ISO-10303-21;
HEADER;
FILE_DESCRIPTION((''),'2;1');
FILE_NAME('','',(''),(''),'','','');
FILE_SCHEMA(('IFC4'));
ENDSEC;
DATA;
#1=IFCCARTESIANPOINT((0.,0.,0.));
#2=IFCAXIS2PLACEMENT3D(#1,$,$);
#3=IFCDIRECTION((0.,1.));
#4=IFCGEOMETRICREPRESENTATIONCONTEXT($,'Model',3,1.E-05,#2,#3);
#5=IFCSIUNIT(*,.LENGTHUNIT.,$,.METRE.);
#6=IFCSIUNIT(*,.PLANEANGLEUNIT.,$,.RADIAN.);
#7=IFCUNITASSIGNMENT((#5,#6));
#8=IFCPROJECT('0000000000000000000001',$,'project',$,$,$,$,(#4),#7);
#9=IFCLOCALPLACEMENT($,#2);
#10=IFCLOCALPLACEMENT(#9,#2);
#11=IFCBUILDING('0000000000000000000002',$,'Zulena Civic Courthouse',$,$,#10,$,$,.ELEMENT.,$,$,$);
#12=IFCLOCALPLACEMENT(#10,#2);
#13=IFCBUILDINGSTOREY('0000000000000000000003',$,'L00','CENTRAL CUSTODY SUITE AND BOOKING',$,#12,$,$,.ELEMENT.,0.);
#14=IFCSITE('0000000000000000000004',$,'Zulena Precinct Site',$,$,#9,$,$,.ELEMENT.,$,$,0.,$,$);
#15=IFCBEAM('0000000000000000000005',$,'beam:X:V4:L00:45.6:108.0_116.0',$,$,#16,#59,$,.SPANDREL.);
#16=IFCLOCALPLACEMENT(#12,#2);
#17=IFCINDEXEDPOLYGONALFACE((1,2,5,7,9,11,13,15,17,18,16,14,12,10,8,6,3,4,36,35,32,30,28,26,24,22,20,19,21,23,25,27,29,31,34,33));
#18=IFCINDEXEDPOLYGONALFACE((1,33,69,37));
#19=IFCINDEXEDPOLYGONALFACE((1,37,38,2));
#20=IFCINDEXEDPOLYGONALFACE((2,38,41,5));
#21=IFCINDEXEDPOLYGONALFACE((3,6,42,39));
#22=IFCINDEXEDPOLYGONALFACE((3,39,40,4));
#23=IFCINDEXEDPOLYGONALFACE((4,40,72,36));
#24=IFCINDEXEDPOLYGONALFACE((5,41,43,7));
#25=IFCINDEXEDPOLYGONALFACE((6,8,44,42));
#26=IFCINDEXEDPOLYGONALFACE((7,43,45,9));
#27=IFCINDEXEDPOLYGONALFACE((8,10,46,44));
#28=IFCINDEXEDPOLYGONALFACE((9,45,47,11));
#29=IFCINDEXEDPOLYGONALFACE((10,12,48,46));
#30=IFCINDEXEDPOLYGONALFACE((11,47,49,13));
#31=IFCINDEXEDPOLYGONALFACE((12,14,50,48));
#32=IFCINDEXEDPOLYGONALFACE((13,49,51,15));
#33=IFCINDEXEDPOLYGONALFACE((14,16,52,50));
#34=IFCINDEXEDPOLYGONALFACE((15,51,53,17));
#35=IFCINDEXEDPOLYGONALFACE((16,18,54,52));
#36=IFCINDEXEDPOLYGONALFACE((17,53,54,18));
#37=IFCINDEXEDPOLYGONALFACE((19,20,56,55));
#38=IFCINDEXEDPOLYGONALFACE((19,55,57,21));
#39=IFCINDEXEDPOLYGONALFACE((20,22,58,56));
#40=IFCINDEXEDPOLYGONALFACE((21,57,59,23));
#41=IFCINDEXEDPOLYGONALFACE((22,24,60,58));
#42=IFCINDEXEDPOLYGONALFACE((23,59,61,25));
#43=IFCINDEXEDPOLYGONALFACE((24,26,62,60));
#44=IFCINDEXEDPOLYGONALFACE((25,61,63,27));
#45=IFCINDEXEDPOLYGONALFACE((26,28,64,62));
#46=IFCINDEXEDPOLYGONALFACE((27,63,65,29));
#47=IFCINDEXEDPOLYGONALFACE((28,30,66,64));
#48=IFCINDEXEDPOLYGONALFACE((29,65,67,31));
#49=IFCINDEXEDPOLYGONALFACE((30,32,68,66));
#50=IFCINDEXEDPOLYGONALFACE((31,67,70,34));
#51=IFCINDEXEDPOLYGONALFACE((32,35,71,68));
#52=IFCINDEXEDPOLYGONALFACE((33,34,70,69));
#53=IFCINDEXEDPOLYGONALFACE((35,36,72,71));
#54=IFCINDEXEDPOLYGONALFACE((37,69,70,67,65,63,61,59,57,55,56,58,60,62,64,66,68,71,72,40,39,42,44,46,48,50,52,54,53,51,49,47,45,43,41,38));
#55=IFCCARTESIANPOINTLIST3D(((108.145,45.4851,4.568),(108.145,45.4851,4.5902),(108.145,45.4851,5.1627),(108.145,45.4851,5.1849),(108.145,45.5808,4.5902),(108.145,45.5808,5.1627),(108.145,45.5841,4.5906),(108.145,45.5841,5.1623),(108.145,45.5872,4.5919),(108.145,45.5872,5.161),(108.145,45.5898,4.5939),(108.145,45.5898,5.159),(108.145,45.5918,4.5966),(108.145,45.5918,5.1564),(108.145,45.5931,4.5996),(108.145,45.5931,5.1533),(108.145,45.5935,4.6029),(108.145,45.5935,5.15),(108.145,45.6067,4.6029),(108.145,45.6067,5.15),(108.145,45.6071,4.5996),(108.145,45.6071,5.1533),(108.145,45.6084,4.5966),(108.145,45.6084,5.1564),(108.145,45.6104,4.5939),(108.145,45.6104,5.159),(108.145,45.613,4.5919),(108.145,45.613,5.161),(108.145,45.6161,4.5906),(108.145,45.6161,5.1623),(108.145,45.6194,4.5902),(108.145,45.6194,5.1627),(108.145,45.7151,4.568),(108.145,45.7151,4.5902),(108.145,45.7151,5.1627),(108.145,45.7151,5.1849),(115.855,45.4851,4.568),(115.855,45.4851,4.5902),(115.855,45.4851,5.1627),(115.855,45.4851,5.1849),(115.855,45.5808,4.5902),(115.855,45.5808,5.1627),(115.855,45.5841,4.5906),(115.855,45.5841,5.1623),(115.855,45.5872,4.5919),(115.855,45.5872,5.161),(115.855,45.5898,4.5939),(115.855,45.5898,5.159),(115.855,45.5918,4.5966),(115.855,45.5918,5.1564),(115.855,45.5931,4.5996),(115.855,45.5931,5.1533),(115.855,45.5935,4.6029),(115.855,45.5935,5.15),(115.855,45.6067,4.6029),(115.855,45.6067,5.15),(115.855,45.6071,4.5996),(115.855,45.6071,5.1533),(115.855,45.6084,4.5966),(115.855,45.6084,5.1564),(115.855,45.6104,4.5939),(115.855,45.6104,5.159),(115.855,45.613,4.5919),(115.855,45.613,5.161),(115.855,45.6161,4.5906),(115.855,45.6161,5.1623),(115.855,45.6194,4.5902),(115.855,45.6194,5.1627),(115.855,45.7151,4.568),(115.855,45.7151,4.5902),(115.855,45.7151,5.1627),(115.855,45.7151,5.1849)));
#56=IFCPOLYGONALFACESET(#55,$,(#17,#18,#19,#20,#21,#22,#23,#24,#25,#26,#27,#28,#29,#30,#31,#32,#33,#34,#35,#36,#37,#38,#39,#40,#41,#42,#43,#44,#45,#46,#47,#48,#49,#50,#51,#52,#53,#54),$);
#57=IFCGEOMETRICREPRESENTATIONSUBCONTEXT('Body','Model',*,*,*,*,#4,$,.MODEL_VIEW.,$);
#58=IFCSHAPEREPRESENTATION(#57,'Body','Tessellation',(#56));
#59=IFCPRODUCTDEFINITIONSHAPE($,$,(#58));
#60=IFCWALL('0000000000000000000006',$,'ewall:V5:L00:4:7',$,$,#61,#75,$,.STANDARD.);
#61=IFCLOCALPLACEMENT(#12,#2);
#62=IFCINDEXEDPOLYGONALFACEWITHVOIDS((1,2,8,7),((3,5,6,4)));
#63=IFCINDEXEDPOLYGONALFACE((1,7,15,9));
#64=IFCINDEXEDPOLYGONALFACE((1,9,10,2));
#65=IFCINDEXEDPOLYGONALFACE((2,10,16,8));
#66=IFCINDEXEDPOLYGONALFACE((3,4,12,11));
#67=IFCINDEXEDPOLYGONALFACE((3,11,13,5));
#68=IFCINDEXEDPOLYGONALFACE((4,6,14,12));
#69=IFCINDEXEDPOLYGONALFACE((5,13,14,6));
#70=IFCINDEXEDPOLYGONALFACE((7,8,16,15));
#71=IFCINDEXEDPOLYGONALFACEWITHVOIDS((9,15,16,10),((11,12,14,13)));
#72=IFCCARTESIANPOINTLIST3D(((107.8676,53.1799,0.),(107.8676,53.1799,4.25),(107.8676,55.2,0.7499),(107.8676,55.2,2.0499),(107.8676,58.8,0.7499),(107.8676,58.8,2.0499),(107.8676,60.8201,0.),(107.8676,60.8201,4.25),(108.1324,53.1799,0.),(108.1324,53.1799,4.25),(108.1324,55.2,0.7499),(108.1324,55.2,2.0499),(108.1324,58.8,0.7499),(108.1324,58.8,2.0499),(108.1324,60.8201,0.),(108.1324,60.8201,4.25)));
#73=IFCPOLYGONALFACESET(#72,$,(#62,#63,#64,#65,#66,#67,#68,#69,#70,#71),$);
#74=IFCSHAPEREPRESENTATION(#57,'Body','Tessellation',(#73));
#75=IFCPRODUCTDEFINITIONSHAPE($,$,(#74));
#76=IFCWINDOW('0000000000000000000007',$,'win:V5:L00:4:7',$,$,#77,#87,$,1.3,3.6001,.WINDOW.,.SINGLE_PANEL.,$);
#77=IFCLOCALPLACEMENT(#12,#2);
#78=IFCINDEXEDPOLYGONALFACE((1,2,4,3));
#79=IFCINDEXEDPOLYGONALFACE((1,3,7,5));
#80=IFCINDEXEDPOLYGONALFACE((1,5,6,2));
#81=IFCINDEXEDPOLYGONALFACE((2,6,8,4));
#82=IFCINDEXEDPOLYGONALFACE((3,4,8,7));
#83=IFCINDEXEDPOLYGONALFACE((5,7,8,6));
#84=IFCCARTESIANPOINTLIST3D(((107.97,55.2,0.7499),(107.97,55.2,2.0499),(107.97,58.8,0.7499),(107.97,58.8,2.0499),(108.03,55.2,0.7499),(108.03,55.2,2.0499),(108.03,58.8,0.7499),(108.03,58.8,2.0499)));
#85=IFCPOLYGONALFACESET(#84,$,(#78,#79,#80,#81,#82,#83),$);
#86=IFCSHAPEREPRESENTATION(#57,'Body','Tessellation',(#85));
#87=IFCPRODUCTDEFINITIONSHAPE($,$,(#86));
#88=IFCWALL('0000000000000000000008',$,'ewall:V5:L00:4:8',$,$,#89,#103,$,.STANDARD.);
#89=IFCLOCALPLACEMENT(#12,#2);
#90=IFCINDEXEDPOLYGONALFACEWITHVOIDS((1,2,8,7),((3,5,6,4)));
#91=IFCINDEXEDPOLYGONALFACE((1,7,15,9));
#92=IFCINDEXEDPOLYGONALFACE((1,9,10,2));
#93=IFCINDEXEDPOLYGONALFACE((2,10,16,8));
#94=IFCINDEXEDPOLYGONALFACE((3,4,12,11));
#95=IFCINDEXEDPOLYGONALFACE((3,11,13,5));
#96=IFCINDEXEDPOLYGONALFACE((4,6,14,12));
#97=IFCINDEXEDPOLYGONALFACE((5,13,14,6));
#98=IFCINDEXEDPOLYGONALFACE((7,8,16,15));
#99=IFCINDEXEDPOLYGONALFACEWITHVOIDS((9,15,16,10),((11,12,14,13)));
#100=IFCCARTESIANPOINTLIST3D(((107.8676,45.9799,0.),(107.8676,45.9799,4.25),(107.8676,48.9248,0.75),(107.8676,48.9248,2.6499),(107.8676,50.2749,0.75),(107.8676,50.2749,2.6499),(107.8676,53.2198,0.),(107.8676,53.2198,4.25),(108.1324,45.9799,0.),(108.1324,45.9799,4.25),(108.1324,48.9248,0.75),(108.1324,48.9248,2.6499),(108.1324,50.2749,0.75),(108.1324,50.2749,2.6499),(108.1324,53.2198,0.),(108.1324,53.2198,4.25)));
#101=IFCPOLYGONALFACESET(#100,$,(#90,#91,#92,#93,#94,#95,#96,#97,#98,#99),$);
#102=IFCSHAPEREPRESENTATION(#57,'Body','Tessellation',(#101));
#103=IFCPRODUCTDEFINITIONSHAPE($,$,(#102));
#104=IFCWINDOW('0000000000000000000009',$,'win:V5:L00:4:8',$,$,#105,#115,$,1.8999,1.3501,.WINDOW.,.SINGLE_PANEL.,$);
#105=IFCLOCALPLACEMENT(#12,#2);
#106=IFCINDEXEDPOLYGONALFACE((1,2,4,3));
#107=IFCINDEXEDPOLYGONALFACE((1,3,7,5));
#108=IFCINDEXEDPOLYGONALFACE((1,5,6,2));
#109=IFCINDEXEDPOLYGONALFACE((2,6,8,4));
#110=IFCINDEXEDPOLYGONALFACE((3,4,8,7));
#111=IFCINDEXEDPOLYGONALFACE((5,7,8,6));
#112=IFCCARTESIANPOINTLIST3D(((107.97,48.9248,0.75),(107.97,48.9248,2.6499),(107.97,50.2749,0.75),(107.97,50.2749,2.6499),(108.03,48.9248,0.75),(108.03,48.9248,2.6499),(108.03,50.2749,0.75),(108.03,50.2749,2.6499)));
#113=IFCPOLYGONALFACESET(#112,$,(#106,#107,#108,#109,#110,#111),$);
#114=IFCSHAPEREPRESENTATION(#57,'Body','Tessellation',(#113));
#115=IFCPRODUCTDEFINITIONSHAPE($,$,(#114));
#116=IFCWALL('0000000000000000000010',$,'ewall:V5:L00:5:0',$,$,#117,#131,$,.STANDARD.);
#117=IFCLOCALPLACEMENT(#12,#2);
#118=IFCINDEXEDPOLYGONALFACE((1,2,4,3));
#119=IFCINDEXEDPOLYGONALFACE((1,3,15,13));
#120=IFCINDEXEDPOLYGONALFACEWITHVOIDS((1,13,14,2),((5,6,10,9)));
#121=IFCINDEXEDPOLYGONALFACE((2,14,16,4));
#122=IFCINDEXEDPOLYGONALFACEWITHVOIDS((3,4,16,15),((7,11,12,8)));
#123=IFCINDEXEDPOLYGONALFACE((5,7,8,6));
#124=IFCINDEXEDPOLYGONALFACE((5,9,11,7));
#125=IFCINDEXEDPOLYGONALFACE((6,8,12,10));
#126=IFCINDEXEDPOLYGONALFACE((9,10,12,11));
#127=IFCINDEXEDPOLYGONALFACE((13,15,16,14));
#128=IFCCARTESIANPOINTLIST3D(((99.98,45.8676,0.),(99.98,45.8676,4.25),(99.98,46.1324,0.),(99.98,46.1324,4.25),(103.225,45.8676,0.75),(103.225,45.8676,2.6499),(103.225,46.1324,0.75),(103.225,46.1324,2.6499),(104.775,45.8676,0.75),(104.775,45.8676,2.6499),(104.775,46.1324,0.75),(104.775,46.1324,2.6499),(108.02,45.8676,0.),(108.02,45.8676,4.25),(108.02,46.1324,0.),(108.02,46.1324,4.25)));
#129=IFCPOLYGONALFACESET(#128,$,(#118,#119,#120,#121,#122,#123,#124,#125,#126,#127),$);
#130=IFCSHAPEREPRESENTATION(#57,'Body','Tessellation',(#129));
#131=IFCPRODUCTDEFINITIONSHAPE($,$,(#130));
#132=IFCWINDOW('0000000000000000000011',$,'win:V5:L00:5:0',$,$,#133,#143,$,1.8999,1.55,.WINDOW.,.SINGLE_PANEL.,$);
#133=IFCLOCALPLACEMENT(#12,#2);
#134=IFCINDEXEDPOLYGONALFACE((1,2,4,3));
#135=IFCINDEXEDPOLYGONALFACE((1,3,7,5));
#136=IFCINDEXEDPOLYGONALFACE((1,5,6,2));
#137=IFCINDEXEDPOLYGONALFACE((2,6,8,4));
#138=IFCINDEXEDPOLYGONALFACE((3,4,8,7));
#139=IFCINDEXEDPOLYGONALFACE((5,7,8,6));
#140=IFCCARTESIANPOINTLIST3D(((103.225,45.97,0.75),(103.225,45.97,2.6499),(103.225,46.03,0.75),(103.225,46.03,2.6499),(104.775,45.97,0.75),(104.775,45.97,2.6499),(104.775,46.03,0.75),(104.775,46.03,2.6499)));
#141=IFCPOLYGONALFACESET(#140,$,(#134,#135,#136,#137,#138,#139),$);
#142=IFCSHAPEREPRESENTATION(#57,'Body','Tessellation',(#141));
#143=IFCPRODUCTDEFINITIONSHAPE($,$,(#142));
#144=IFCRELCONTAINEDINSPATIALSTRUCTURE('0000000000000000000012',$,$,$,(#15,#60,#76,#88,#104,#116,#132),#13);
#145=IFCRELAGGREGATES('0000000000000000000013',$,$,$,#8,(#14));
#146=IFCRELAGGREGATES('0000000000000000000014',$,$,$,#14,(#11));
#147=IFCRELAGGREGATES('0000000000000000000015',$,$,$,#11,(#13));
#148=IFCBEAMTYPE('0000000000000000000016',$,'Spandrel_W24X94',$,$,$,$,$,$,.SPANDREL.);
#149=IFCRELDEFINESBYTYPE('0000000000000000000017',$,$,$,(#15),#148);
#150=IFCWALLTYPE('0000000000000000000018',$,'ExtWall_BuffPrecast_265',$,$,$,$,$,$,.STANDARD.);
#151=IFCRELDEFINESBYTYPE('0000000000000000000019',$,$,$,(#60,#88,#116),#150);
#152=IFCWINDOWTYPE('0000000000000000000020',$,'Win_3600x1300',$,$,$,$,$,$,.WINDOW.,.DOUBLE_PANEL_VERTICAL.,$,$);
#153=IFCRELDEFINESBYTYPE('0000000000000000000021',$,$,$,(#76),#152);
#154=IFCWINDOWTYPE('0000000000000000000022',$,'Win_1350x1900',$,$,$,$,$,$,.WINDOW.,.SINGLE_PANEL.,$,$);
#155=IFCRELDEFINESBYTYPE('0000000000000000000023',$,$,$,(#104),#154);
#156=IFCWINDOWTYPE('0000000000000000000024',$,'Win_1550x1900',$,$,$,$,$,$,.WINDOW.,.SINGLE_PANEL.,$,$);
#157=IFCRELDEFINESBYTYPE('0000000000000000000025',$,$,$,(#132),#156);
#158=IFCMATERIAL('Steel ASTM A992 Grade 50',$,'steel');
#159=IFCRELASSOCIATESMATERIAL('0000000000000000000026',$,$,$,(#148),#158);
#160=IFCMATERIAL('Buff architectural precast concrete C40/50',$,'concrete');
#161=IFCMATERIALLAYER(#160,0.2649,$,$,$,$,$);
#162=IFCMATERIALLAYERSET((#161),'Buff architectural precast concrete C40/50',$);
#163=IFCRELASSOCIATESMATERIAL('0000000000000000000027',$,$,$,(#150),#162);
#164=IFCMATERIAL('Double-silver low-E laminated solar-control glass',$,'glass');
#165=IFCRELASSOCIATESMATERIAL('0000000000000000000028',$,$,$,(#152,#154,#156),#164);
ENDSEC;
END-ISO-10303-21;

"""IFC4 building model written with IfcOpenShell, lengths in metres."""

from ifc_helpers import new_model, si_unit, direction, frame, frame_2d, origin, origin_2d, place, context, subcontext, project, spatial, rectangle, i_section, extrude, material, layer, layer_set, material_profile, profile_set, type_object, element, fill, save


model = new_model("IFC4")

# Units and contexts
model_context = context("Model", 3, precision=1e-05, world=origin(), true_north=direction((0.0, 1.0)))
body_context = subcontext(model_context, "Body", "Model", "MODEL_VIEW")
ifc_project = project(units=[si_unit("LENGTHUNIT", "METRE"), si_unit("PLANEANGLEUNIT", "RADIAN")], contexts=[model_context])

# Site, building, storey
site_placement = place(None, origin())
site = spatial("IfcSite", under=ifc_project, at=site_placement, Name="Zulena Precinct Site", CompositionType="ELEMENT", RefElevation=0.0)
building_placement = place(site_placement, origin())
building = spatial("IfcBuilding", under=site, at=building_placement, Name="Zulena Civic Courthouse", CompositionType="ELEMENT")
storey_placement = place(building_placement, origin())
storey = spatial("IfcBuildingStorey", under=building, at=storey_placement, Name="L00", Description="CENTRAL CUSTODY SUITE AND BOOKING", CompositionType="ELEMENT", Elevation=0.0)

# Shared definitions
ifc_material_1 = material(Name="Steel ASTM A992 Grade 50", Category="steel")

# Beam
ifc_material_profile_1 = material_profile(ifc_material_1, i_section(OverallWidth=0.23, OverallDepth=0.6169, WebThickness=0.0132, FlangeThickness=0.0222, FilletRadius=0.0127, at=origin_2d()), Name="W24X94")
ifc_profile_set_1 = profile_set([ifc_material_profile_1], Name="Steel ASTM A992 Grade 50")
beam_type_1 = type_object("IfcBeamType", Name="Spandrel_W24X94", PredefinedType="SPANDREL", material=ifc_profile_set_1)
beam_1_placement = place(storey_placement, frame((108.145, 45.6001, 4.8765), z_axis=(1.0, 0.0, 0.0), x_axis=(0.0, 1.0, 0.0)))
element("IfcBeam", 1, at=beam_1_placement, inside=storey, type_object=beam_type_1, Name="beam:X:V4:L00:45.6:108.0_116.0", PredefinedType="SPANDREL", context=body_context, shape_type="SweptSolid", body=[
    extrude(i_section(OverallWidth=0.23, OverallDepth=0.6169, WebThickness=0.0132, FlangeThickness=0.0222, FilletRadius=0.0127, at=origin_2d()), origin(), (0.0, 0.0, 1.0), 7.71),
])

# Walls, openings, windows
ifc_material_2 = material(Name="Buff architectural precast concrete C40/50", Category="concrete")
ifc_layer_1 = layer(ifc_material_2, 0.2649)
ifc_layer_set_1 = layer_set([ifc_layer_1], Name="Buff architectural precast concrete C40/50")
wall_type_1 = type_object("IfcWallType", Name="ExtWall_BuffPrecast_265", PredefinedType="STANDARD", material=ifc_layer_set_1)
wall_1_placement = place(storey_placement, frame((108.0, 60.8201, 0.0), z_axis=(0.0, 0.0, 1.0), x_axis=(0.0, -1.0, 0.0)))
wall_1 = element("IfcWall", 2, at=wall_1_placement, inside=storey, type_object=wall_type_1, Name="ewall:V5:L00:4:7", PredefinedType="STANDARD", context=body_context, shape_type="SweptSolid", body=[
    extrude(rectangle(XDim=7.6401, YDim=0.2649, at=frame_2d((3.8201, 0.0))), origin(), (0.0, 0.0, 1.0), 4.25),
])
opening_1_placement = place(wall_1_placement, frame((2.02, 0.0, 0.75)))
opening_1 = element("IfcOpeningElement", 3, at=opening_1_placement, cuts=wall_1, PredefinedType="OPENING", context=body_context, shape_type="SweptSolid", body=[
    extrude(rectangle(XDim=3.6001, YDim=1.3, at=frame_2d((1.8, 0.6499))), frame((0.0, 0.1423, 0.0), z_axis=(0.0, -1.0, 0.0), x_axis=(1.0, 0.0, 0.0)), (0.0, 0.0, 1.0), 0.2849),
])
ifc_material_3 = material(Name="Double-silver low-E laminated solar-control glass", Category="glass")
window_type_1 = type_object("IfcWindowType", Name="Win_3600x1300", PartitioningType="DOUBLE_PANEL_VERTICAL", PredefinedType="WINDOW", material=ifc_material_3)
window_1_placement = place(opening_1_placement, origin())
window_1 = element("IfcWindow", 4, at=window_1_placement, inside=storey, type_object=window_type_1, Name="win:V5:L00:4:7", OverallHeight=1.3, OverallWidth=3.6001, PartitioningType="SINGLE_PANEL", PredefinedType="WINDOW", context=body_context, shape_type="SweptSolid", body=[
    extrude(rectangle(XDim=3.6001, YDim=1.3, at=frame_2d((1.8, 0.6499))), frame((0.0, 0.03, 0.0), z_axis=(0.0, -1.0, 0.0), x_axis=(1.0, 0.0, 0.0)), (0.0, 0.0, 1.0), 0.0601),
])
fill(opening_1, window_1)
wall_2_placement = place(storey_placement, frame((108.0, 53.22, 0.0), z_axis=(0.0, 0.0, 1.0), x_axis=(0.0, -1.0, 0.0)))
wall_2 = element("IfcWall", 5, at=wall_2_placement, inside=storey, type_object=wall_type_1, Name="ewall:V5:L00:4:8", PredefinedType="STANDARD", context=body_context, shape_type="SweptSolid", body=[
    extrude(rectangle(XDim=7.24, YDim=0.2649, at=frame_2d((3.6201, 0.0))), origin(), (0.0, 0.0, 1.0), 4.25),
])
opening_2_placement = place(wall_2_placement, frame((2.9451, 0.0, 0.75)))
opening_2 = element("IfcOpeningElement", 6, at=opening_2_placement, cuts=wall_2, PredefinedType="OPENING", context=body_context, shape_type="SweptSolid", body=[
    extrude(rectangle(XDim=1.3501, YDim=1.8999, at=frame_2d((0.675, 0.95))), frame((0.0, 0.1423, 0.0), z_axis=(0.0, -1.0, 0.0), x_axis=(1.0, 0.0, 0.0)), (0.0, 0.0, 1.0), 0.2849),
])
window_type_2 = type_object("IfcWindowType", Name="Win_1350x1900", PartitioningType="SINGLE_PANEL", PredefinedType="WINDOW", material=ifc_material_3)
window_2_placement = place(opening_2_placement, origin())
window_2 = element("IfcWindow", 7, at=window_2_placement, inside=storey, type_object=window_type_2, Name="win:V5:L00:4:8", OverallHeight=1.8999, OverallWidth=1.3501, PartitioningType="SINGLE_PANEL", PredefinedType="WINDOW", context=body_context, shape_type="SweptSolid", body=[
    extrude(rectangle(XDim=1.3501, YDim=1.8999, at=frame_2d((0.675, 0.95))), frame((0.0, 0.03, 0.0), z_axis=(0.0, -1.0, 0.0), x_axis=(1.0, 0.0, 0.0)), (0.0, 0.0, 1.0), 0.0601),
])
fill(opening_2, window_2)
wall_3_placement = place(storey_placement, frame((108.02, 46.0, 0.0), z_axis=(0.0, 0.0, 1.0), x_axis=(-1.0, 0.0, 0.0)))
wall_3 = element("IfcWall", 8, at=wall_3_placement, inside=storey, type_object=wall_type_1, Name="ewall:V5:L00:5:0", PredefinedType="STANDARD", context=body_context, shape_type="SweptSolid", body=[
    extrude(rectangle(XDim=8.04, YDim=0.2649, at=frame_2d((4.02, 0.0))), origin(), (0.0, 0.0, 1.0), 4.25),
])
opening_3_placement = place(wall_3_placement, frame((3.2451, 0.0, 0.75)))
opening_3 = element("IfcOpeningElement", 9, at=opening_3_placement, cuts=wall_3, PredefinedType="OPENING", context=body_context, shape_type="SweptSolid", body=[
    extrude(rectangle(XDim=1.55, YDim=1.8999, at=frame_2d((0.7749, 0.95))), frame((0.0, 0.1423, 0.0), z_axis=(0.0, -1.0, 0.0), x_axis=(1.0, 0.0, 0.0)), (0.0, 0.0, 1.0), 0.2849),
])
window_type_3 = type_object("IfcWindowType", Name="Win_1550x1900", PartitioningType="SINGLE_PANEL", PredefinedType="WINDOW", material=ifc_material_3)
window_3_placement = place(opening_3_placement, origin())
window_3 = element("IfcWindow", 10, at=window_3_placement, inside=storey, type_object=window_type_3, Name="win:V5:L00:5:0", OverallHeight=1.8999, OverallWidth=1.55, PartitioningType="SINGLE_PANEL", PredefinedType="WINDOW", context=body_context, shape_type="SweptSolid", body=[
    extrude(rectangle(XDim=1.55, YDim=1.8999, at=frame_2d((0.7749, 0.95))), frame((0.0, 0.03, 0.0), z_axis=(0.0, -1.0, 0.0), x_axis=(1.0, 0.0, 0.0)), (0.0, 0.0, 1.0), 0.0601),
])
fill(opening_3, window_3)

save(model, "model.ifc")
